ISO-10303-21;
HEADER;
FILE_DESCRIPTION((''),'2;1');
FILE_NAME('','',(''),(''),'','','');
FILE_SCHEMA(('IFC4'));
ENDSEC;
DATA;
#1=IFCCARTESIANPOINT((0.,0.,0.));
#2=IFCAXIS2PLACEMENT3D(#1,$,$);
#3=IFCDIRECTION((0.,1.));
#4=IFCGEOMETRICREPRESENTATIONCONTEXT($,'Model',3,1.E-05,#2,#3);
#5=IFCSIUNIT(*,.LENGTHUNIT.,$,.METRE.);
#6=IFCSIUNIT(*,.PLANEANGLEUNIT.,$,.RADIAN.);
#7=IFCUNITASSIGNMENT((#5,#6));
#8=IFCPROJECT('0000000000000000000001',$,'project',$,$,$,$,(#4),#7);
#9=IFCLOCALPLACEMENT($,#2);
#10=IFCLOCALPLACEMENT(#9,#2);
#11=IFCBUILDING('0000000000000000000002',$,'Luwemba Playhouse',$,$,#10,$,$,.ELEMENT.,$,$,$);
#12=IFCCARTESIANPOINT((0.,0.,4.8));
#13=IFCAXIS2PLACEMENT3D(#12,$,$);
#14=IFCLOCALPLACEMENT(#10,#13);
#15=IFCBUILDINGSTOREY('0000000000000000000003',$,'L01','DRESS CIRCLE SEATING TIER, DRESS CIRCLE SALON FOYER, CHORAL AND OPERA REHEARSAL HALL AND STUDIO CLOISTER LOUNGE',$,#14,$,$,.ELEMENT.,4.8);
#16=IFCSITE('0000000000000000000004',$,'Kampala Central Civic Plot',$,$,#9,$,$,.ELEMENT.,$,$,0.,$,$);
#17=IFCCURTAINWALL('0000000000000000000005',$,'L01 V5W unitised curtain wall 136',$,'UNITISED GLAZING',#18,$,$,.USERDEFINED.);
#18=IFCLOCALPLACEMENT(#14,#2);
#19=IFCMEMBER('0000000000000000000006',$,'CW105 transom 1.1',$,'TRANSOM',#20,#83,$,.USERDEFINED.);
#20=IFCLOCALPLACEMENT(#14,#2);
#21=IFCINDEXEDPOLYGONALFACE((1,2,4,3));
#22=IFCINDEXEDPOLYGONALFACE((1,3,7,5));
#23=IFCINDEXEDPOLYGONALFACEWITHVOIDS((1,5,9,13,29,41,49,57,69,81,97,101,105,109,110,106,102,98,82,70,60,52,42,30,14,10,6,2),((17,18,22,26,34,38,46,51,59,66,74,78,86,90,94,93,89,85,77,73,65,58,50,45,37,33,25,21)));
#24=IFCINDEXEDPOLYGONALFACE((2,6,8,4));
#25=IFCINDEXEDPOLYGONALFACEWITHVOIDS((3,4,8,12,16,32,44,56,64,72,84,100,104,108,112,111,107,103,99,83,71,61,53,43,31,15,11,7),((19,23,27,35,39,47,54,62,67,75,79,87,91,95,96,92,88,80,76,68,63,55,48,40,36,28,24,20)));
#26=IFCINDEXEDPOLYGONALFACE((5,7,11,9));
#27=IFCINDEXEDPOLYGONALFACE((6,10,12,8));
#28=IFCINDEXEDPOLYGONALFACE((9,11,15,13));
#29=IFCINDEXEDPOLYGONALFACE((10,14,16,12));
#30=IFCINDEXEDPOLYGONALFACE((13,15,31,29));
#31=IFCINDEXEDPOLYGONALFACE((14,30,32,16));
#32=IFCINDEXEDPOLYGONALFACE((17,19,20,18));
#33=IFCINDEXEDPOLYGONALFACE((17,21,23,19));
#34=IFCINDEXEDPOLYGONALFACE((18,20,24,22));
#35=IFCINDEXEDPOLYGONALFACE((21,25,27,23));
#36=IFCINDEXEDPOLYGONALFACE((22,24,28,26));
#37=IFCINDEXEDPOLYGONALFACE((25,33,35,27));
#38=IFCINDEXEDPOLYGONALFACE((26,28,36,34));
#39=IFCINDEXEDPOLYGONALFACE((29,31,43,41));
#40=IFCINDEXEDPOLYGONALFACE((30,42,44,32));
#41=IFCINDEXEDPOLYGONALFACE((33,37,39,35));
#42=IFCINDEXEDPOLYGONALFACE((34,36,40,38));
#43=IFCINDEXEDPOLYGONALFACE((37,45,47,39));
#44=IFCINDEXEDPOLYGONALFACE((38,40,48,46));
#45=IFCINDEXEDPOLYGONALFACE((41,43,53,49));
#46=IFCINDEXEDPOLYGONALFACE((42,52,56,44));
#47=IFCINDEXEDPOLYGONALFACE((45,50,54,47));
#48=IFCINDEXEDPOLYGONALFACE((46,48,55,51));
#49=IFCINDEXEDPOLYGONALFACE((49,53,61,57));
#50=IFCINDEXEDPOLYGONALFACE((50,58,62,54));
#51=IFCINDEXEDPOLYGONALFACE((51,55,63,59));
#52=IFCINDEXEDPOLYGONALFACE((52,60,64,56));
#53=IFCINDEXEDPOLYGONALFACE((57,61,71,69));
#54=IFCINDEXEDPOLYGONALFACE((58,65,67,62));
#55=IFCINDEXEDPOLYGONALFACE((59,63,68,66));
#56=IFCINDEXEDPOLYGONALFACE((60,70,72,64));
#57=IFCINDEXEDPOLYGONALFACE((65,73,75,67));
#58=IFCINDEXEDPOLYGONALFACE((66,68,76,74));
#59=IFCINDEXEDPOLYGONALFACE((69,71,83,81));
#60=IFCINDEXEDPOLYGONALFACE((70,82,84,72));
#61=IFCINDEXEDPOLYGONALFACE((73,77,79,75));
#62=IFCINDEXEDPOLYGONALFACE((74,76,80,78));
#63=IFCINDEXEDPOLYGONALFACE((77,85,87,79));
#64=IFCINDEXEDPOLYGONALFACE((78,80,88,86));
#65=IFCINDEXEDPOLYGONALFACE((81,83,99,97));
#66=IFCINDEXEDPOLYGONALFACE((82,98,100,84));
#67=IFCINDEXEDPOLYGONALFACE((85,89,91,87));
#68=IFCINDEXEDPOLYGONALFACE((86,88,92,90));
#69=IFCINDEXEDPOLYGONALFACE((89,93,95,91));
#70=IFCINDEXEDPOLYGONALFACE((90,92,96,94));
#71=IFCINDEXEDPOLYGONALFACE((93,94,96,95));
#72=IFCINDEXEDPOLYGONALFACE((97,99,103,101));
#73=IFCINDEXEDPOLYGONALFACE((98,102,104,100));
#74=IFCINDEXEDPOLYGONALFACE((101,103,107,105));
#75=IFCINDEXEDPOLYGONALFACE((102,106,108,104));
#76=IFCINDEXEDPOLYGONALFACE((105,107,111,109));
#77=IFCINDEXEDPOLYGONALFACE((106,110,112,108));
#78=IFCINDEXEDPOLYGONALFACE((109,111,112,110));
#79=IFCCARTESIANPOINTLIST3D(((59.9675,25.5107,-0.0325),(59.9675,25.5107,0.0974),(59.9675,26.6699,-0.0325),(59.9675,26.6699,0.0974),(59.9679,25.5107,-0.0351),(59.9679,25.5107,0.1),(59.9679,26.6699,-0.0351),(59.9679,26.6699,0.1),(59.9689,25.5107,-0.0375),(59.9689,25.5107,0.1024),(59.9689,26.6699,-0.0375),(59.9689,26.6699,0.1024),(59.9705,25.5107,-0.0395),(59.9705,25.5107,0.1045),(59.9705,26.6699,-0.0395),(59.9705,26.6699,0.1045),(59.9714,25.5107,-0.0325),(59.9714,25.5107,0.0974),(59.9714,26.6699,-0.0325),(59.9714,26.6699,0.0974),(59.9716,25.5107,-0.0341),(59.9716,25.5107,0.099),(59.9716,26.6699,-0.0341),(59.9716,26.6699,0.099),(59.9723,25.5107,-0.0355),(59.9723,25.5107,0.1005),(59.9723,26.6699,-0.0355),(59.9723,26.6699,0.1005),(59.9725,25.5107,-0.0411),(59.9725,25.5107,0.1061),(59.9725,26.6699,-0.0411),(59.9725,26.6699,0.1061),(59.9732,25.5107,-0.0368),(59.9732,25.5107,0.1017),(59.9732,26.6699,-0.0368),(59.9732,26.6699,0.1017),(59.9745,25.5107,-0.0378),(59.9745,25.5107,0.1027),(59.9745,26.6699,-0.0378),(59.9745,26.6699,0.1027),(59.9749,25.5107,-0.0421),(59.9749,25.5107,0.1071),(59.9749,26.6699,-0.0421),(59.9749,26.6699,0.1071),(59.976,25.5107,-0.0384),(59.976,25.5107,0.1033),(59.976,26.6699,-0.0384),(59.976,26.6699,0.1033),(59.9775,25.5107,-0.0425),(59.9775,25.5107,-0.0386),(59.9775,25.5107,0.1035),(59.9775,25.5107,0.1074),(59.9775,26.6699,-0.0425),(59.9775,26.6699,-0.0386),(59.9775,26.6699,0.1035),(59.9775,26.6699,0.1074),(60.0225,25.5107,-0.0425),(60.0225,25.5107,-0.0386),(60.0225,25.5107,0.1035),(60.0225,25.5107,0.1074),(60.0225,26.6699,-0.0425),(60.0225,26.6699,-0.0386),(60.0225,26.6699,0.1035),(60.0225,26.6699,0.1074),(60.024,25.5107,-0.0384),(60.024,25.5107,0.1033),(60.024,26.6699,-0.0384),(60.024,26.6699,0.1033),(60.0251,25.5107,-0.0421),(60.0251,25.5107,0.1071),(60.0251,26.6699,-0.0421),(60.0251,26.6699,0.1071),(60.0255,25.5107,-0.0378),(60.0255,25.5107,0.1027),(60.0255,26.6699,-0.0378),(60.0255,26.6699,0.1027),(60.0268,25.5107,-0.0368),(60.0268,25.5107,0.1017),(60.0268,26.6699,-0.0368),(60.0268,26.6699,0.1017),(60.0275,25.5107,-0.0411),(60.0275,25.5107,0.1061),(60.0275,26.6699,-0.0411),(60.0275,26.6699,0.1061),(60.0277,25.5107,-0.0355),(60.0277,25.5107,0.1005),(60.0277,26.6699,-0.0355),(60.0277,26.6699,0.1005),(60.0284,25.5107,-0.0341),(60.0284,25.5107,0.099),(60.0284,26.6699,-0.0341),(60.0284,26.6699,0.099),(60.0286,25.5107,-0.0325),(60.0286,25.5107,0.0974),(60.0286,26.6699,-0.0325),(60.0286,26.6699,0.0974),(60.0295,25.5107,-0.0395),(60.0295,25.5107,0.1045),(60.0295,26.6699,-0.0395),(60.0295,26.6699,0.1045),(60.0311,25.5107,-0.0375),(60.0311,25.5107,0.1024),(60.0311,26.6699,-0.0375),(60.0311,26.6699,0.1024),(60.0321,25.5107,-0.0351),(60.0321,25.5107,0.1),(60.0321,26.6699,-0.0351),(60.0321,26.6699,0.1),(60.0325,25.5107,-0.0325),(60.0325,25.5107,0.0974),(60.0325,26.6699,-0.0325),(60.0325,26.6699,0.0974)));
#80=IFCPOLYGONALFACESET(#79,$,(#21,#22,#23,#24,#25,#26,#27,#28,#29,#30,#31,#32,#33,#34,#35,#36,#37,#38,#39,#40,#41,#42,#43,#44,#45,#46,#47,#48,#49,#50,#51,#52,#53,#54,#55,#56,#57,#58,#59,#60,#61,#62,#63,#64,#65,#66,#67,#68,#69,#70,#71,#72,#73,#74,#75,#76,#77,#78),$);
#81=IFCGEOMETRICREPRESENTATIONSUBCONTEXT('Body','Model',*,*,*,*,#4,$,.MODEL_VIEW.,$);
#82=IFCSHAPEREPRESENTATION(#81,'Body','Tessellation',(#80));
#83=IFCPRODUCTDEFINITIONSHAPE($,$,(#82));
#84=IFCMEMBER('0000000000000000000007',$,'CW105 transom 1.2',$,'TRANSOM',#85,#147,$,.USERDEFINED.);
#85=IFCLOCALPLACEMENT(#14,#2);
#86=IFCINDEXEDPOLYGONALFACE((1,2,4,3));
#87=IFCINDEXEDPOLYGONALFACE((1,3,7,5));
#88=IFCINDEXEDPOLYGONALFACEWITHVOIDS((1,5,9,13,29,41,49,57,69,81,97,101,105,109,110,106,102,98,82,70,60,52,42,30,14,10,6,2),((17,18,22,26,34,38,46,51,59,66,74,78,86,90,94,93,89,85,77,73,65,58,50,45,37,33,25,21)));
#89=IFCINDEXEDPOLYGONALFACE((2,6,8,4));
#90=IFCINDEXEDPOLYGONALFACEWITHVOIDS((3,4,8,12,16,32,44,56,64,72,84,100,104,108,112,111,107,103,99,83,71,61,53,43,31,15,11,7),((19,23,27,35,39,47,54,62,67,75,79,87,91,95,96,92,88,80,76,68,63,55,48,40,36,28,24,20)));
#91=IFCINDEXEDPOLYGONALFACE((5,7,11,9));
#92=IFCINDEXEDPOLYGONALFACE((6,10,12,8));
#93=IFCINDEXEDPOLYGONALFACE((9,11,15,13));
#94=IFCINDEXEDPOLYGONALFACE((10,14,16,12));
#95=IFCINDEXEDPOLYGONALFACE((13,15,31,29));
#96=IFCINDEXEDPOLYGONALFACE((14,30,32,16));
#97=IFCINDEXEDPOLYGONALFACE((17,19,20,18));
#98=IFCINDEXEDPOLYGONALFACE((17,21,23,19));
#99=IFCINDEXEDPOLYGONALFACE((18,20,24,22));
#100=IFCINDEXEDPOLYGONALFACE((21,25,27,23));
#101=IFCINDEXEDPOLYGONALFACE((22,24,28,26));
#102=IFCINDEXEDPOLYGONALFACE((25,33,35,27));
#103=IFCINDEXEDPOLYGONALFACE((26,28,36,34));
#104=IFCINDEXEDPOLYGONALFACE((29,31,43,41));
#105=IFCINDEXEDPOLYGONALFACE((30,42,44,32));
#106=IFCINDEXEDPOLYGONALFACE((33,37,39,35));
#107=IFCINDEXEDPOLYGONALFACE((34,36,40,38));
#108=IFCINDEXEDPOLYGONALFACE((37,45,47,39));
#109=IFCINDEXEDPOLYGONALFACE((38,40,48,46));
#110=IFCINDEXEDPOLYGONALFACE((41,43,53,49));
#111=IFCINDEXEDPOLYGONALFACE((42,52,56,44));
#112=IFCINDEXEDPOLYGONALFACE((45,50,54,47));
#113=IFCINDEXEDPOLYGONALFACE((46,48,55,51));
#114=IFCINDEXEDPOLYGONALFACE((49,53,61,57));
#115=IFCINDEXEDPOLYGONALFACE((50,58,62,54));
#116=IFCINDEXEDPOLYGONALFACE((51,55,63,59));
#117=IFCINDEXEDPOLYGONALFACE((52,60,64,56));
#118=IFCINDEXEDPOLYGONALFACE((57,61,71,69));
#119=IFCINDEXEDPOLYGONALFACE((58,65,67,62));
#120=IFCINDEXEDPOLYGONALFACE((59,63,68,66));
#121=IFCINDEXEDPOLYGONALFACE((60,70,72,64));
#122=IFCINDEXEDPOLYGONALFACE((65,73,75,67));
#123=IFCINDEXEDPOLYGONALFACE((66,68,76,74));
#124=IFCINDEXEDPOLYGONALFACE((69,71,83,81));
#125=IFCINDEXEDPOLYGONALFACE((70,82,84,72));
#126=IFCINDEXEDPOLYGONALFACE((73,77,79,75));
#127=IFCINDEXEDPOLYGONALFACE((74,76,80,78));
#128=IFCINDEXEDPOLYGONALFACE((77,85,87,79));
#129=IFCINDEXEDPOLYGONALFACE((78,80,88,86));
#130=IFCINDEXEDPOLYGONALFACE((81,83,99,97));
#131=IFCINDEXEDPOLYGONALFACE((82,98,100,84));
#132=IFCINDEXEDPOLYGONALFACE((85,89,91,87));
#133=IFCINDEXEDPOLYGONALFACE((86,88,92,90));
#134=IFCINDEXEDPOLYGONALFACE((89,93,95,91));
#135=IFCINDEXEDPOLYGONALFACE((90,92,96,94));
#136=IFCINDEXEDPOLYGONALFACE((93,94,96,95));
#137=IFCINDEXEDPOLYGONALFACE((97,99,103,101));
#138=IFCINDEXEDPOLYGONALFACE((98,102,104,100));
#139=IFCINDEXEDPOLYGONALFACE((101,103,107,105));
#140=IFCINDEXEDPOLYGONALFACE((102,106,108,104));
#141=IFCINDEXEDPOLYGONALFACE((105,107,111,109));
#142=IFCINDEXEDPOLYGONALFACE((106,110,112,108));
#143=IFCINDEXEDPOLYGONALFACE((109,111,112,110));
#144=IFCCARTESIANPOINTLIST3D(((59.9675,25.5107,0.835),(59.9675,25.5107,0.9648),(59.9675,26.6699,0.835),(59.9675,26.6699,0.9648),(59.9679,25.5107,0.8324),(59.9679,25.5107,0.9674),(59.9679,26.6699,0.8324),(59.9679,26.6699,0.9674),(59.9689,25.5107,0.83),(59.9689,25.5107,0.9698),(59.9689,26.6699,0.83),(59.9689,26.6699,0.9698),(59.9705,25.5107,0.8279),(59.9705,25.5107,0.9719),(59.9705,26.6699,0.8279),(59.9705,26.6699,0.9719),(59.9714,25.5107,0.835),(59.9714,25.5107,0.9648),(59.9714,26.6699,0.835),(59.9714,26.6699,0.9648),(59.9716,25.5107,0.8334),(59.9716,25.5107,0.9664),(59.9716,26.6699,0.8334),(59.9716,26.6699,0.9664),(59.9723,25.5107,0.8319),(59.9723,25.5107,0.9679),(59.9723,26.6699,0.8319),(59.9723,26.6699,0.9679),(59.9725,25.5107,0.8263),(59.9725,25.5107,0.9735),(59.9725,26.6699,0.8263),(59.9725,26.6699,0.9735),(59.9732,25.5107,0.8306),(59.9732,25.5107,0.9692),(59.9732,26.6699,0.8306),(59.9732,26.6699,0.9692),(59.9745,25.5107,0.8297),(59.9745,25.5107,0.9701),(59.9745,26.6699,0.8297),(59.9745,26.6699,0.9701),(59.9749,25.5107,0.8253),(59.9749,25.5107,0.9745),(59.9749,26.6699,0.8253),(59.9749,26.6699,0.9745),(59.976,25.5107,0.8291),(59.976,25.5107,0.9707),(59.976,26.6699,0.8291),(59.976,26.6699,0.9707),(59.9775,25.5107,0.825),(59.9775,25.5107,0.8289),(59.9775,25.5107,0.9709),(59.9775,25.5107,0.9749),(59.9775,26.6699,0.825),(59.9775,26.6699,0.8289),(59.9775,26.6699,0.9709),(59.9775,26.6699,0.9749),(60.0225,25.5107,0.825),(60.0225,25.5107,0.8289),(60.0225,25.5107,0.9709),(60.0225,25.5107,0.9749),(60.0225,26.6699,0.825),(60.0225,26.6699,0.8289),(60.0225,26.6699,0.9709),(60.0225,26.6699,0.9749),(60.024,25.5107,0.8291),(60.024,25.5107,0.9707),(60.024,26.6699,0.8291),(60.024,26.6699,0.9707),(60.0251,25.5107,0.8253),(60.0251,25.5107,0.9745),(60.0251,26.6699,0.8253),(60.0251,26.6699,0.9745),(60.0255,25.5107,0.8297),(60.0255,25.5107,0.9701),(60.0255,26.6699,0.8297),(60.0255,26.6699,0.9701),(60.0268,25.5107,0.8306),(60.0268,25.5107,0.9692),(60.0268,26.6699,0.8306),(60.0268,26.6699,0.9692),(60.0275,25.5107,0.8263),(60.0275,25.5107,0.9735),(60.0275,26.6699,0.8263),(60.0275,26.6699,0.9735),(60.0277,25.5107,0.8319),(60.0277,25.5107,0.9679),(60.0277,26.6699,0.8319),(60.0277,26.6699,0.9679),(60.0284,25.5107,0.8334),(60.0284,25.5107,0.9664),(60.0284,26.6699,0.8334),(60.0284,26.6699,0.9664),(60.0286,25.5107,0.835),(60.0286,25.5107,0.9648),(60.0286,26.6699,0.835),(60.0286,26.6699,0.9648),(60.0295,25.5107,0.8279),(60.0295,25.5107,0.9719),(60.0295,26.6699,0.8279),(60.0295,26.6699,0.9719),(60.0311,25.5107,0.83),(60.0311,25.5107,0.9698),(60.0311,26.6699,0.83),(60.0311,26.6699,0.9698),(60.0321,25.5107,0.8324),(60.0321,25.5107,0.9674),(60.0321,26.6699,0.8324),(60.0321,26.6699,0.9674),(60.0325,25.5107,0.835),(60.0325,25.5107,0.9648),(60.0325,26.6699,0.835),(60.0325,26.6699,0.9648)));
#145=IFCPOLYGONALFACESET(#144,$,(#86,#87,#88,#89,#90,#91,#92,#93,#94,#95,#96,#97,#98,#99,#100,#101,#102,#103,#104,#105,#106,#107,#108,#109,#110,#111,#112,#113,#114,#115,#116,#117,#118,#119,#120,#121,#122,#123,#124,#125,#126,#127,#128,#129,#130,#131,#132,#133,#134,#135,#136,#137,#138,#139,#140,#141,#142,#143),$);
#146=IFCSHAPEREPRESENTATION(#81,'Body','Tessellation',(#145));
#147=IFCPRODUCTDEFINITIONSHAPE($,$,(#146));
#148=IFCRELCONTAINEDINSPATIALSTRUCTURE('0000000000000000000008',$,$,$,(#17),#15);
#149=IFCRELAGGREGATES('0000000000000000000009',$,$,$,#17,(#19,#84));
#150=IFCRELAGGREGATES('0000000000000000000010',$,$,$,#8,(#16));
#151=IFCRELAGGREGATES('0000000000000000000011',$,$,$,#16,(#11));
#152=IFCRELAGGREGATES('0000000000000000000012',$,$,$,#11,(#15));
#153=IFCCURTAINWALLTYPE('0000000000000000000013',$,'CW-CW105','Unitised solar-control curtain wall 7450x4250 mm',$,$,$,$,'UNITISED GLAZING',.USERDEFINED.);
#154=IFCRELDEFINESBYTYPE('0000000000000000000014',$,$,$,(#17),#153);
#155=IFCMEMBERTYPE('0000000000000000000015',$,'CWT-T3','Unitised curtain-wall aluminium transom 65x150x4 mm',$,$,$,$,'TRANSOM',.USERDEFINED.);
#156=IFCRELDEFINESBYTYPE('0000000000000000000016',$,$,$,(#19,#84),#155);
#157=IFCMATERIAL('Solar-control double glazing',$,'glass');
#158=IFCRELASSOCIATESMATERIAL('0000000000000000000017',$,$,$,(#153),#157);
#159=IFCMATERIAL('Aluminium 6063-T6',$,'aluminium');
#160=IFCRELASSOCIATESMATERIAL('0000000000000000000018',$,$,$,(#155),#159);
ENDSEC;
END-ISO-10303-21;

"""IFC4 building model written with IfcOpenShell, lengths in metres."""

from ifc_helpers import new_model, si_unit, direction, frame, origin, origin_2d, place, context, subcontext, project, spatial, hollow_rectangle, extrude, material, material_profile, profile_set, type_object, element, aggregate, save


model = new_model("IFC4")

# Units and contexts
model_context = context("Model", 3, precision=1e-05, world=origin(), true_north=direction((0.0, 1.0)))
body_context = subcontext(model_context, "Body", "Model", "MODEL_VIEW")
ifc_project = project(units=[si_unit("LENGTHUNIT", "METRE"), si_unit("PLANEANGLEUNIT", "RADIAN")], contexts=[model_context])

# Site, building, storey
site_placement = place(None, origin())
site = spatial("IfcSite", under=ifc_project, at=site_placement, Name="Kampala Central Civic Plot", CompositionType="ELEMENT", RefElevation=0.0)
building_placement = place(site_placement, origin())
building = spatial("IfcBuilding", under=site, at=building_placement, Name="Luwemba Playhouse", CompositionType="ELEMENT")
storey_placement = place(building_placement, frame((0.0, 0.0, 4.8)))
storey = spatial("IfcBuildingStorey", under=building, at=storey_placement, Name="L01", Description="DRESS CIRCLE SEATING TIER, DRESS CIRCLE SALON FOYER, CHORAL AND OPERA REHEARSAL HALL AND STUDIO CLOISTER LOUNGE", CompositionType="ELEMENT", Elevation=4.8)

# Curtain wall, members
ifc_material_1 = material(Name="Solar-control double glazing", Category="glass")
curtain_wall_type = type_object("IfcCurtainWallType", Name="CW-CW105", Description="Unitised solar-control curtain wall 7450x4250 mm", ElementType="UNITISED GLAZING", PredefinedType="USERDEFINED", material=ifc_material_1)
curtain_wall_placement = place(storey_placement, origin())
curtain_wall = element("IfcCurtainWall", 1, at=curtain_wall_placement, inside=storey, type_object=curtain_wall_type, Name="L01 V5W unitised curtain wall 136", ObjectType="UNITISED GLAZING", PredefinedType="USERDEFINED")
ifc_material_2 = material(Name="Aluminium 6063-T6", Category="aluminium")
ifc_material_profile_1 = material_profile(ifc_material_2, hollow_rectangle(XDim=0.0649, YDim=0.1499, WallThickness=0.0039, InnerFilletRadius=0.0061, OuterFilletRadius=0.01, at=origin_2d()))
ifc_profile_set_1 = profile_set([ifc_material_profile_1], Name="Aluminium 6063-T6")
member_type_1 = type_object("IfcMemberType", Name="CWT-T3", Description="Unitised curtain-wall aluminium transom 65x150x4 mm", ElementType="TRANSOM", PredefinedType="USERDEFINED", material=ifc_profile_set_1)
member_1_placement = place(storey_placement, frame((60.0, 26.6699, 0.0325), z_axis=(0.0, -1.0, 0.0), x_axis=(1.0, 0.0, 0.0)))
member_1 = element("IfcMember", 2, at=member_1_placement, type_object=member_type_1, Name="CW105 transom 1.1", ObjectType="TRANSOM", PredefinedType="USERDEFINED", context=body_context, shape_type="SweptSolid", body=[
    extrude(hollow_rectangle(XDim=0.0649, YDim=0.1499, WallThickness=0.0039, InnerFilletRadius=0.0061, OuterFilletRadius=0.01, at=origin_2d()), origin(), (0.0, 0.0, 1.0), 1.1592),
])
member_2_placement = place(storey_placement, frame((60.0, 26.6699, 0.8999), z_axis=(0.0, -1.0, 0.0), x_axis=(1.0, 0.0, 0.0)))
member_2 = element("IfcMember", 3, at=member_2_placement, type_object=member_type_1, Name="CW105 transom 1.2", ObjectType="TRANSOM", PredefinedType="USERDEFINED", context=body_context, shape_type="SweptSolid", body=[
    extrude(hollow_rectangle(XDim=0.0649, YDim=0.1499, WallThickness=0.0039, InnerFilletRadius=0.0061, OuterFilletRadius=0.01, at=origin_2d()), origin(), (0.0, 0.0, 1.0), 1.1592),
])
aggregate(curtain_wall, [member_1, member_2])

save(model, "model.ifc")
